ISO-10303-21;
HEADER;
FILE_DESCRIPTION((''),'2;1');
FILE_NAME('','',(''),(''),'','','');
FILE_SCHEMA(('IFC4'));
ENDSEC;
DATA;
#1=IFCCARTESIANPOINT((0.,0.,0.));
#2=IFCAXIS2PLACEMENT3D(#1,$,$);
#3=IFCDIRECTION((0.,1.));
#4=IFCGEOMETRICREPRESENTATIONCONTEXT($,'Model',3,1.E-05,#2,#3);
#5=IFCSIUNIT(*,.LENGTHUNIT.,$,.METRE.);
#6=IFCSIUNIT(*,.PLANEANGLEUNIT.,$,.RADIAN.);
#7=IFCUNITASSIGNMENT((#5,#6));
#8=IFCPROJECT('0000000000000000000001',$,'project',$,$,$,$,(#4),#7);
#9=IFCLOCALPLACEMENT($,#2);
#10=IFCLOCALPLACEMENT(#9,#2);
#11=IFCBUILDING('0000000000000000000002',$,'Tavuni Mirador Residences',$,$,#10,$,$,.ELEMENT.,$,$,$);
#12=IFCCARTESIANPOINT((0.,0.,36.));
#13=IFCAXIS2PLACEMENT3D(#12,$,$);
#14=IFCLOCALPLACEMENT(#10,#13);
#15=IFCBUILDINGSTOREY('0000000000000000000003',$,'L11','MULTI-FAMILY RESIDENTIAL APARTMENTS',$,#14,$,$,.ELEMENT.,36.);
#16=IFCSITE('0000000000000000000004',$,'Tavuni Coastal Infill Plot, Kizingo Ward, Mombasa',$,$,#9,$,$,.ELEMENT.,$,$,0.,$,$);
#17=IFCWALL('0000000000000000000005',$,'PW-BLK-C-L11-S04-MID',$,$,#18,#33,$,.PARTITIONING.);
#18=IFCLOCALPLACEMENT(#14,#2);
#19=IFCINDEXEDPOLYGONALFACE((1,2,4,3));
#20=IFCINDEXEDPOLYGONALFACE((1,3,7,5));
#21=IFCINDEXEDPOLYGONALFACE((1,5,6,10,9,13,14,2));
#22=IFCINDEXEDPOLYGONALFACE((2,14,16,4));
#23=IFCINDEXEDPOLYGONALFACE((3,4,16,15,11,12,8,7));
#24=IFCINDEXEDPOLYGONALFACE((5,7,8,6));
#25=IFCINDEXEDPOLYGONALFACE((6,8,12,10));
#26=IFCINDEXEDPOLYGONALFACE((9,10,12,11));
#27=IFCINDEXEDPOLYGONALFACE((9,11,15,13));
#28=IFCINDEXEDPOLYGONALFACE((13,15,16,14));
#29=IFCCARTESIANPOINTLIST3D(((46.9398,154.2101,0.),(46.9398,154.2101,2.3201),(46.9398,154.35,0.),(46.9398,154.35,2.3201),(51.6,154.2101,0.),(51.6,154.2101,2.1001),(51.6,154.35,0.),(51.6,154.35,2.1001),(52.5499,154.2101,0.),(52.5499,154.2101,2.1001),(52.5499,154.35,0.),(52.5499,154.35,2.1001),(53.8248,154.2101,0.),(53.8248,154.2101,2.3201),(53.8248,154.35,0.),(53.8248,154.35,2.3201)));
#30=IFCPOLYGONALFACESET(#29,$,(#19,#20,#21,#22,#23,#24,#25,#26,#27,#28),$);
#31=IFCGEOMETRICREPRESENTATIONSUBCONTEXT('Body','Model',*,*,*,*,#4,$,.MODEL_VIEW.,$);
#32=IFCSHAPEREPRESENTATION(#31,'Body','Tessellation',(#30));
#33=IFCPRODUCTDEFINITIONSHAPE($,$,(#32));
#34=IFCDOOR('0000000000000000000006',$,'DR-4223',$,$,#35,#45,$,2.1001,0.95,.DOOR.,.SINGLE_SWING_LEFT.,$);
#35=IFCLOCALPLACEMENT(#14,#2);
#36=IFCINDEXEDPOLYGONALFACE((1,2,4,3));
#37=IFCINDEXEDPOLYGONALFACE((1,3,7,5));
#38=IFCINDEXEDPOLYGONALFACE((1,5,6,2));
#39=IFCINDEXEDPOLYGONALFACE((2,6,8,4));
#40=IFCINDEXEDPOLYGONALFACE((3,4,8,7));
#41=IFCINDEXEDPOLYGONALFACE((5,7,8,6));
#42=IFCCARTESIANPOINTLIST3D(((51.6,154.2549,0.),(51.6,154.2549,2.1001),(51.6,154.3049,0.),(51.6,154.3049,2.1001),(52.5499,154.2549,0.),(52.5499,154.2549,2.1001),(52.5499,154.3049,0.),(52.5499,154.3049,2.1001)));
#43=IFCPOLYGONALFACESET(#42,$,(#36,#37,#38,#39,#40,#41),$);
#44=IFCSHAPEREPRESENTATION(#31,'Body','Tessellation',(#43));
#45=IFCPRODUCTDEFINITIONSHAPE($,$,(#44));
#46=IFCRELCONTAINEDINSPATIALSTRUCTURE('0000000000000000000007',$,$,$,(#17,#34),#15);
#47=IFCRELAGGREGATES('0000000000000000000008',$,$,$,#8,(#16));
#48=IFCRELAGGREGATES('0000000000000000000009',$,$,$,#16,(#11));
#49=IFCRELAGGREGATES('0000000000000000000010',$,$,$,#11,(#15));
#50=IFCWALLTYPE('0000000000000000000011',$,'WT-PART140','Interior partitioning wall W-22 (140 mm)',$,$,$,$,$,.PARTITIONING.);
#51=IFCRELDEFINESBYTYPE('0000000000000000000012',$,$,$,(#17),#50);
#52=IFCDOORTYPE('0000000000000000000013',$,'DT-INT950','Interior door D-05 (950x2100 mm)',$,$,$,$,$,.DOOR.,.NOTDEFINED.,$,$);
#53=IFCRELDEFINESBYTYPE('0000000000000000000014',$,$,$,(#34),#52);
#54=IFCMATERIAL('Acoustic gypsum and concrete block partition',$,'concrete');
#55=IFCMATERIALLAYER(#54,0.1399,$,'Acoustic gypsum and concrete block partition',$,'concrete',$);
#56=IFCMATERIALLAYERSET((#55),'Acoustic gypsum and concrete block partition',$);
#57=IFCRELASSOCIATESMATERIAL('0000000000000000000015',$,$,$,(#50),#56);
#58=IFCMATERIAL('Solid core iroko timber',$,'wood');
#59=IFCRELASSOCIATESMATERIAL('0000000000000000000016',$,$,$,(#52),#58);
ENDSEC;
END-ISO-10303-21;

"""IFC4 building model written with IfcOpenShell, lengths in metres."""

from ifc_helpers import new_model, si_unit, direction, frame, frame_2d, origin, place, context, subcontext, project, spatial, rectangle, extrude, material, layer, layer_set, type_object, element, fill, save


model = new_model("IFC4")

# Units and contexts
model_context = context("Model", 3, precision=1e-05, world=origin(), true_north=direction((0.0, 1.0)))
body_context = subcontext(model_context, "Body", "Model", "MODEL_VIEW")
ifc_project = project(units=[si_unit("LENGTHUNIT", "METRE"), si_unit("PLANEANGLEUNIT", "RADIAN")], contexts=[model_context])

# Site, building, storey
site_placement = place(None, origin())
site = spatial("IfcSite", under=ifc_project, at=site_placement, Name="Tavuni Coastal Infill Plot, Kizingo Ward, Mombasa", CompositionType="ELEMENT", RefElevation=0.0)
building_placement = place(site_placement, origin())
building = spatial("IfcBuilding", under=site, at=building_placement, Name="Tavuni Mirador Residences", CompositionType="ELEMENT")
storey_placement = place(building_placement, frame((0.0, 0.0, 36.0)))
storey = spatial("IfcBuildingStorey", under=building, at=storey_placement, Name="L11", Description="MULTI-FAMILY RESIDENTIAL APARTMENTS", CompositionType="ELEMENT", Elevation=36.0)

# Wall, opening, door
ifc_material_1 = material(Name="Acoustic gypsum and concrete block partition", Category="concrete")
ifc_material_2 = material(Name="Solid core iroko timber", Category="wood")
ifc_layer_1 = layer(ifc_material_1, 0.1399, Name="Acoustic gypsum and concrete block partition", Category="concrete")
ifc_layer_set_1 = layer_set([ifc_layer_1], Name="Acoustic gypsum and concrete block partition")
wall_type_1 = type_object("IfcWallType", Name="WT-PART140", Description="Interior partitioning wall W-22 (140 mm)", PredefinedType="PARTITIONING", material=ifc_layer_set_1)
wall_1_placement = place(storey_placement, frame((46.9399, 154.28, 0.0), z_axis=(0.0, 0.0, 1.0), x_axis=(1.0, 0.0, 0.0)))
wall_1 = element("IfcWall", 1, at=wall_1_placement, inside=storey, type_object=wall_type_1, Name="PW-BLK-C-L11-S04-MID", PredefinedType="PARTITIONING", context=body_context, shape_type="SweptSolid", body=[
    extrude(rectangle(XDim=6.885, YDim=0.1399, at=frame_2d((3.4424, 0.0))), origin(), (0.0, 0.0, 1.0), 2.3201),
])
opening_1_placement = place(wall_1_placement, frame((4.6599, 0.0, 0.0)))
opening_1 = element("IfcOpeningElement", 2, at=opening_1_placement, cuts=wall_1, PredefinedType="OPENING", context=body_context, shape_type="SweptSolid", body=[
    extrude(rectangle(XDim=0.95, YDim=2.1001, at=frame_2d((0.4751, 1.05))), frame((0.0, 0.0801, 0.0), z_axis=(0.0, -1.0, 0.0), x_axis=(1.0, 0.0, 0.0)), (0.0, 0.0, 1.0), 0.1599),
])
door_type_1 = type_object("IfcDoorType", Name="DT-INT950", Description="Interior door D-05 (950x2100 mm)", OperationType="NOTDEFINED", PredefinedType="DOOR", material=ifc_material_2)
door_1_placement = place(opening_1_placement, origin())
door_1 = element("IfcDoor", 3, at=door_1_placement, inside=storey, type_object=door_type_1, Name="DR-4223", OperationType="SINGLE_SWING_LEFT", OverallHeight=2.1001, OverallWidth=0.95, PredefinedType="DOOR", context=body_context, shape_type="SweptSolid", body=[
    extrude(rectangle(XDim=0.95, YDim=2.1001, at=frame_2d((0.4751, 1.05))), frame((0.0, 0.0249, 0.0), z_axis=(0.0, -1.0, 0.0), x_axis=(1.0, 0.0, 0.0)), (0.0, 0.0, 1.0), 0.05),
])
fill(opening_1, door_1)

save(model, "model.ifc")
